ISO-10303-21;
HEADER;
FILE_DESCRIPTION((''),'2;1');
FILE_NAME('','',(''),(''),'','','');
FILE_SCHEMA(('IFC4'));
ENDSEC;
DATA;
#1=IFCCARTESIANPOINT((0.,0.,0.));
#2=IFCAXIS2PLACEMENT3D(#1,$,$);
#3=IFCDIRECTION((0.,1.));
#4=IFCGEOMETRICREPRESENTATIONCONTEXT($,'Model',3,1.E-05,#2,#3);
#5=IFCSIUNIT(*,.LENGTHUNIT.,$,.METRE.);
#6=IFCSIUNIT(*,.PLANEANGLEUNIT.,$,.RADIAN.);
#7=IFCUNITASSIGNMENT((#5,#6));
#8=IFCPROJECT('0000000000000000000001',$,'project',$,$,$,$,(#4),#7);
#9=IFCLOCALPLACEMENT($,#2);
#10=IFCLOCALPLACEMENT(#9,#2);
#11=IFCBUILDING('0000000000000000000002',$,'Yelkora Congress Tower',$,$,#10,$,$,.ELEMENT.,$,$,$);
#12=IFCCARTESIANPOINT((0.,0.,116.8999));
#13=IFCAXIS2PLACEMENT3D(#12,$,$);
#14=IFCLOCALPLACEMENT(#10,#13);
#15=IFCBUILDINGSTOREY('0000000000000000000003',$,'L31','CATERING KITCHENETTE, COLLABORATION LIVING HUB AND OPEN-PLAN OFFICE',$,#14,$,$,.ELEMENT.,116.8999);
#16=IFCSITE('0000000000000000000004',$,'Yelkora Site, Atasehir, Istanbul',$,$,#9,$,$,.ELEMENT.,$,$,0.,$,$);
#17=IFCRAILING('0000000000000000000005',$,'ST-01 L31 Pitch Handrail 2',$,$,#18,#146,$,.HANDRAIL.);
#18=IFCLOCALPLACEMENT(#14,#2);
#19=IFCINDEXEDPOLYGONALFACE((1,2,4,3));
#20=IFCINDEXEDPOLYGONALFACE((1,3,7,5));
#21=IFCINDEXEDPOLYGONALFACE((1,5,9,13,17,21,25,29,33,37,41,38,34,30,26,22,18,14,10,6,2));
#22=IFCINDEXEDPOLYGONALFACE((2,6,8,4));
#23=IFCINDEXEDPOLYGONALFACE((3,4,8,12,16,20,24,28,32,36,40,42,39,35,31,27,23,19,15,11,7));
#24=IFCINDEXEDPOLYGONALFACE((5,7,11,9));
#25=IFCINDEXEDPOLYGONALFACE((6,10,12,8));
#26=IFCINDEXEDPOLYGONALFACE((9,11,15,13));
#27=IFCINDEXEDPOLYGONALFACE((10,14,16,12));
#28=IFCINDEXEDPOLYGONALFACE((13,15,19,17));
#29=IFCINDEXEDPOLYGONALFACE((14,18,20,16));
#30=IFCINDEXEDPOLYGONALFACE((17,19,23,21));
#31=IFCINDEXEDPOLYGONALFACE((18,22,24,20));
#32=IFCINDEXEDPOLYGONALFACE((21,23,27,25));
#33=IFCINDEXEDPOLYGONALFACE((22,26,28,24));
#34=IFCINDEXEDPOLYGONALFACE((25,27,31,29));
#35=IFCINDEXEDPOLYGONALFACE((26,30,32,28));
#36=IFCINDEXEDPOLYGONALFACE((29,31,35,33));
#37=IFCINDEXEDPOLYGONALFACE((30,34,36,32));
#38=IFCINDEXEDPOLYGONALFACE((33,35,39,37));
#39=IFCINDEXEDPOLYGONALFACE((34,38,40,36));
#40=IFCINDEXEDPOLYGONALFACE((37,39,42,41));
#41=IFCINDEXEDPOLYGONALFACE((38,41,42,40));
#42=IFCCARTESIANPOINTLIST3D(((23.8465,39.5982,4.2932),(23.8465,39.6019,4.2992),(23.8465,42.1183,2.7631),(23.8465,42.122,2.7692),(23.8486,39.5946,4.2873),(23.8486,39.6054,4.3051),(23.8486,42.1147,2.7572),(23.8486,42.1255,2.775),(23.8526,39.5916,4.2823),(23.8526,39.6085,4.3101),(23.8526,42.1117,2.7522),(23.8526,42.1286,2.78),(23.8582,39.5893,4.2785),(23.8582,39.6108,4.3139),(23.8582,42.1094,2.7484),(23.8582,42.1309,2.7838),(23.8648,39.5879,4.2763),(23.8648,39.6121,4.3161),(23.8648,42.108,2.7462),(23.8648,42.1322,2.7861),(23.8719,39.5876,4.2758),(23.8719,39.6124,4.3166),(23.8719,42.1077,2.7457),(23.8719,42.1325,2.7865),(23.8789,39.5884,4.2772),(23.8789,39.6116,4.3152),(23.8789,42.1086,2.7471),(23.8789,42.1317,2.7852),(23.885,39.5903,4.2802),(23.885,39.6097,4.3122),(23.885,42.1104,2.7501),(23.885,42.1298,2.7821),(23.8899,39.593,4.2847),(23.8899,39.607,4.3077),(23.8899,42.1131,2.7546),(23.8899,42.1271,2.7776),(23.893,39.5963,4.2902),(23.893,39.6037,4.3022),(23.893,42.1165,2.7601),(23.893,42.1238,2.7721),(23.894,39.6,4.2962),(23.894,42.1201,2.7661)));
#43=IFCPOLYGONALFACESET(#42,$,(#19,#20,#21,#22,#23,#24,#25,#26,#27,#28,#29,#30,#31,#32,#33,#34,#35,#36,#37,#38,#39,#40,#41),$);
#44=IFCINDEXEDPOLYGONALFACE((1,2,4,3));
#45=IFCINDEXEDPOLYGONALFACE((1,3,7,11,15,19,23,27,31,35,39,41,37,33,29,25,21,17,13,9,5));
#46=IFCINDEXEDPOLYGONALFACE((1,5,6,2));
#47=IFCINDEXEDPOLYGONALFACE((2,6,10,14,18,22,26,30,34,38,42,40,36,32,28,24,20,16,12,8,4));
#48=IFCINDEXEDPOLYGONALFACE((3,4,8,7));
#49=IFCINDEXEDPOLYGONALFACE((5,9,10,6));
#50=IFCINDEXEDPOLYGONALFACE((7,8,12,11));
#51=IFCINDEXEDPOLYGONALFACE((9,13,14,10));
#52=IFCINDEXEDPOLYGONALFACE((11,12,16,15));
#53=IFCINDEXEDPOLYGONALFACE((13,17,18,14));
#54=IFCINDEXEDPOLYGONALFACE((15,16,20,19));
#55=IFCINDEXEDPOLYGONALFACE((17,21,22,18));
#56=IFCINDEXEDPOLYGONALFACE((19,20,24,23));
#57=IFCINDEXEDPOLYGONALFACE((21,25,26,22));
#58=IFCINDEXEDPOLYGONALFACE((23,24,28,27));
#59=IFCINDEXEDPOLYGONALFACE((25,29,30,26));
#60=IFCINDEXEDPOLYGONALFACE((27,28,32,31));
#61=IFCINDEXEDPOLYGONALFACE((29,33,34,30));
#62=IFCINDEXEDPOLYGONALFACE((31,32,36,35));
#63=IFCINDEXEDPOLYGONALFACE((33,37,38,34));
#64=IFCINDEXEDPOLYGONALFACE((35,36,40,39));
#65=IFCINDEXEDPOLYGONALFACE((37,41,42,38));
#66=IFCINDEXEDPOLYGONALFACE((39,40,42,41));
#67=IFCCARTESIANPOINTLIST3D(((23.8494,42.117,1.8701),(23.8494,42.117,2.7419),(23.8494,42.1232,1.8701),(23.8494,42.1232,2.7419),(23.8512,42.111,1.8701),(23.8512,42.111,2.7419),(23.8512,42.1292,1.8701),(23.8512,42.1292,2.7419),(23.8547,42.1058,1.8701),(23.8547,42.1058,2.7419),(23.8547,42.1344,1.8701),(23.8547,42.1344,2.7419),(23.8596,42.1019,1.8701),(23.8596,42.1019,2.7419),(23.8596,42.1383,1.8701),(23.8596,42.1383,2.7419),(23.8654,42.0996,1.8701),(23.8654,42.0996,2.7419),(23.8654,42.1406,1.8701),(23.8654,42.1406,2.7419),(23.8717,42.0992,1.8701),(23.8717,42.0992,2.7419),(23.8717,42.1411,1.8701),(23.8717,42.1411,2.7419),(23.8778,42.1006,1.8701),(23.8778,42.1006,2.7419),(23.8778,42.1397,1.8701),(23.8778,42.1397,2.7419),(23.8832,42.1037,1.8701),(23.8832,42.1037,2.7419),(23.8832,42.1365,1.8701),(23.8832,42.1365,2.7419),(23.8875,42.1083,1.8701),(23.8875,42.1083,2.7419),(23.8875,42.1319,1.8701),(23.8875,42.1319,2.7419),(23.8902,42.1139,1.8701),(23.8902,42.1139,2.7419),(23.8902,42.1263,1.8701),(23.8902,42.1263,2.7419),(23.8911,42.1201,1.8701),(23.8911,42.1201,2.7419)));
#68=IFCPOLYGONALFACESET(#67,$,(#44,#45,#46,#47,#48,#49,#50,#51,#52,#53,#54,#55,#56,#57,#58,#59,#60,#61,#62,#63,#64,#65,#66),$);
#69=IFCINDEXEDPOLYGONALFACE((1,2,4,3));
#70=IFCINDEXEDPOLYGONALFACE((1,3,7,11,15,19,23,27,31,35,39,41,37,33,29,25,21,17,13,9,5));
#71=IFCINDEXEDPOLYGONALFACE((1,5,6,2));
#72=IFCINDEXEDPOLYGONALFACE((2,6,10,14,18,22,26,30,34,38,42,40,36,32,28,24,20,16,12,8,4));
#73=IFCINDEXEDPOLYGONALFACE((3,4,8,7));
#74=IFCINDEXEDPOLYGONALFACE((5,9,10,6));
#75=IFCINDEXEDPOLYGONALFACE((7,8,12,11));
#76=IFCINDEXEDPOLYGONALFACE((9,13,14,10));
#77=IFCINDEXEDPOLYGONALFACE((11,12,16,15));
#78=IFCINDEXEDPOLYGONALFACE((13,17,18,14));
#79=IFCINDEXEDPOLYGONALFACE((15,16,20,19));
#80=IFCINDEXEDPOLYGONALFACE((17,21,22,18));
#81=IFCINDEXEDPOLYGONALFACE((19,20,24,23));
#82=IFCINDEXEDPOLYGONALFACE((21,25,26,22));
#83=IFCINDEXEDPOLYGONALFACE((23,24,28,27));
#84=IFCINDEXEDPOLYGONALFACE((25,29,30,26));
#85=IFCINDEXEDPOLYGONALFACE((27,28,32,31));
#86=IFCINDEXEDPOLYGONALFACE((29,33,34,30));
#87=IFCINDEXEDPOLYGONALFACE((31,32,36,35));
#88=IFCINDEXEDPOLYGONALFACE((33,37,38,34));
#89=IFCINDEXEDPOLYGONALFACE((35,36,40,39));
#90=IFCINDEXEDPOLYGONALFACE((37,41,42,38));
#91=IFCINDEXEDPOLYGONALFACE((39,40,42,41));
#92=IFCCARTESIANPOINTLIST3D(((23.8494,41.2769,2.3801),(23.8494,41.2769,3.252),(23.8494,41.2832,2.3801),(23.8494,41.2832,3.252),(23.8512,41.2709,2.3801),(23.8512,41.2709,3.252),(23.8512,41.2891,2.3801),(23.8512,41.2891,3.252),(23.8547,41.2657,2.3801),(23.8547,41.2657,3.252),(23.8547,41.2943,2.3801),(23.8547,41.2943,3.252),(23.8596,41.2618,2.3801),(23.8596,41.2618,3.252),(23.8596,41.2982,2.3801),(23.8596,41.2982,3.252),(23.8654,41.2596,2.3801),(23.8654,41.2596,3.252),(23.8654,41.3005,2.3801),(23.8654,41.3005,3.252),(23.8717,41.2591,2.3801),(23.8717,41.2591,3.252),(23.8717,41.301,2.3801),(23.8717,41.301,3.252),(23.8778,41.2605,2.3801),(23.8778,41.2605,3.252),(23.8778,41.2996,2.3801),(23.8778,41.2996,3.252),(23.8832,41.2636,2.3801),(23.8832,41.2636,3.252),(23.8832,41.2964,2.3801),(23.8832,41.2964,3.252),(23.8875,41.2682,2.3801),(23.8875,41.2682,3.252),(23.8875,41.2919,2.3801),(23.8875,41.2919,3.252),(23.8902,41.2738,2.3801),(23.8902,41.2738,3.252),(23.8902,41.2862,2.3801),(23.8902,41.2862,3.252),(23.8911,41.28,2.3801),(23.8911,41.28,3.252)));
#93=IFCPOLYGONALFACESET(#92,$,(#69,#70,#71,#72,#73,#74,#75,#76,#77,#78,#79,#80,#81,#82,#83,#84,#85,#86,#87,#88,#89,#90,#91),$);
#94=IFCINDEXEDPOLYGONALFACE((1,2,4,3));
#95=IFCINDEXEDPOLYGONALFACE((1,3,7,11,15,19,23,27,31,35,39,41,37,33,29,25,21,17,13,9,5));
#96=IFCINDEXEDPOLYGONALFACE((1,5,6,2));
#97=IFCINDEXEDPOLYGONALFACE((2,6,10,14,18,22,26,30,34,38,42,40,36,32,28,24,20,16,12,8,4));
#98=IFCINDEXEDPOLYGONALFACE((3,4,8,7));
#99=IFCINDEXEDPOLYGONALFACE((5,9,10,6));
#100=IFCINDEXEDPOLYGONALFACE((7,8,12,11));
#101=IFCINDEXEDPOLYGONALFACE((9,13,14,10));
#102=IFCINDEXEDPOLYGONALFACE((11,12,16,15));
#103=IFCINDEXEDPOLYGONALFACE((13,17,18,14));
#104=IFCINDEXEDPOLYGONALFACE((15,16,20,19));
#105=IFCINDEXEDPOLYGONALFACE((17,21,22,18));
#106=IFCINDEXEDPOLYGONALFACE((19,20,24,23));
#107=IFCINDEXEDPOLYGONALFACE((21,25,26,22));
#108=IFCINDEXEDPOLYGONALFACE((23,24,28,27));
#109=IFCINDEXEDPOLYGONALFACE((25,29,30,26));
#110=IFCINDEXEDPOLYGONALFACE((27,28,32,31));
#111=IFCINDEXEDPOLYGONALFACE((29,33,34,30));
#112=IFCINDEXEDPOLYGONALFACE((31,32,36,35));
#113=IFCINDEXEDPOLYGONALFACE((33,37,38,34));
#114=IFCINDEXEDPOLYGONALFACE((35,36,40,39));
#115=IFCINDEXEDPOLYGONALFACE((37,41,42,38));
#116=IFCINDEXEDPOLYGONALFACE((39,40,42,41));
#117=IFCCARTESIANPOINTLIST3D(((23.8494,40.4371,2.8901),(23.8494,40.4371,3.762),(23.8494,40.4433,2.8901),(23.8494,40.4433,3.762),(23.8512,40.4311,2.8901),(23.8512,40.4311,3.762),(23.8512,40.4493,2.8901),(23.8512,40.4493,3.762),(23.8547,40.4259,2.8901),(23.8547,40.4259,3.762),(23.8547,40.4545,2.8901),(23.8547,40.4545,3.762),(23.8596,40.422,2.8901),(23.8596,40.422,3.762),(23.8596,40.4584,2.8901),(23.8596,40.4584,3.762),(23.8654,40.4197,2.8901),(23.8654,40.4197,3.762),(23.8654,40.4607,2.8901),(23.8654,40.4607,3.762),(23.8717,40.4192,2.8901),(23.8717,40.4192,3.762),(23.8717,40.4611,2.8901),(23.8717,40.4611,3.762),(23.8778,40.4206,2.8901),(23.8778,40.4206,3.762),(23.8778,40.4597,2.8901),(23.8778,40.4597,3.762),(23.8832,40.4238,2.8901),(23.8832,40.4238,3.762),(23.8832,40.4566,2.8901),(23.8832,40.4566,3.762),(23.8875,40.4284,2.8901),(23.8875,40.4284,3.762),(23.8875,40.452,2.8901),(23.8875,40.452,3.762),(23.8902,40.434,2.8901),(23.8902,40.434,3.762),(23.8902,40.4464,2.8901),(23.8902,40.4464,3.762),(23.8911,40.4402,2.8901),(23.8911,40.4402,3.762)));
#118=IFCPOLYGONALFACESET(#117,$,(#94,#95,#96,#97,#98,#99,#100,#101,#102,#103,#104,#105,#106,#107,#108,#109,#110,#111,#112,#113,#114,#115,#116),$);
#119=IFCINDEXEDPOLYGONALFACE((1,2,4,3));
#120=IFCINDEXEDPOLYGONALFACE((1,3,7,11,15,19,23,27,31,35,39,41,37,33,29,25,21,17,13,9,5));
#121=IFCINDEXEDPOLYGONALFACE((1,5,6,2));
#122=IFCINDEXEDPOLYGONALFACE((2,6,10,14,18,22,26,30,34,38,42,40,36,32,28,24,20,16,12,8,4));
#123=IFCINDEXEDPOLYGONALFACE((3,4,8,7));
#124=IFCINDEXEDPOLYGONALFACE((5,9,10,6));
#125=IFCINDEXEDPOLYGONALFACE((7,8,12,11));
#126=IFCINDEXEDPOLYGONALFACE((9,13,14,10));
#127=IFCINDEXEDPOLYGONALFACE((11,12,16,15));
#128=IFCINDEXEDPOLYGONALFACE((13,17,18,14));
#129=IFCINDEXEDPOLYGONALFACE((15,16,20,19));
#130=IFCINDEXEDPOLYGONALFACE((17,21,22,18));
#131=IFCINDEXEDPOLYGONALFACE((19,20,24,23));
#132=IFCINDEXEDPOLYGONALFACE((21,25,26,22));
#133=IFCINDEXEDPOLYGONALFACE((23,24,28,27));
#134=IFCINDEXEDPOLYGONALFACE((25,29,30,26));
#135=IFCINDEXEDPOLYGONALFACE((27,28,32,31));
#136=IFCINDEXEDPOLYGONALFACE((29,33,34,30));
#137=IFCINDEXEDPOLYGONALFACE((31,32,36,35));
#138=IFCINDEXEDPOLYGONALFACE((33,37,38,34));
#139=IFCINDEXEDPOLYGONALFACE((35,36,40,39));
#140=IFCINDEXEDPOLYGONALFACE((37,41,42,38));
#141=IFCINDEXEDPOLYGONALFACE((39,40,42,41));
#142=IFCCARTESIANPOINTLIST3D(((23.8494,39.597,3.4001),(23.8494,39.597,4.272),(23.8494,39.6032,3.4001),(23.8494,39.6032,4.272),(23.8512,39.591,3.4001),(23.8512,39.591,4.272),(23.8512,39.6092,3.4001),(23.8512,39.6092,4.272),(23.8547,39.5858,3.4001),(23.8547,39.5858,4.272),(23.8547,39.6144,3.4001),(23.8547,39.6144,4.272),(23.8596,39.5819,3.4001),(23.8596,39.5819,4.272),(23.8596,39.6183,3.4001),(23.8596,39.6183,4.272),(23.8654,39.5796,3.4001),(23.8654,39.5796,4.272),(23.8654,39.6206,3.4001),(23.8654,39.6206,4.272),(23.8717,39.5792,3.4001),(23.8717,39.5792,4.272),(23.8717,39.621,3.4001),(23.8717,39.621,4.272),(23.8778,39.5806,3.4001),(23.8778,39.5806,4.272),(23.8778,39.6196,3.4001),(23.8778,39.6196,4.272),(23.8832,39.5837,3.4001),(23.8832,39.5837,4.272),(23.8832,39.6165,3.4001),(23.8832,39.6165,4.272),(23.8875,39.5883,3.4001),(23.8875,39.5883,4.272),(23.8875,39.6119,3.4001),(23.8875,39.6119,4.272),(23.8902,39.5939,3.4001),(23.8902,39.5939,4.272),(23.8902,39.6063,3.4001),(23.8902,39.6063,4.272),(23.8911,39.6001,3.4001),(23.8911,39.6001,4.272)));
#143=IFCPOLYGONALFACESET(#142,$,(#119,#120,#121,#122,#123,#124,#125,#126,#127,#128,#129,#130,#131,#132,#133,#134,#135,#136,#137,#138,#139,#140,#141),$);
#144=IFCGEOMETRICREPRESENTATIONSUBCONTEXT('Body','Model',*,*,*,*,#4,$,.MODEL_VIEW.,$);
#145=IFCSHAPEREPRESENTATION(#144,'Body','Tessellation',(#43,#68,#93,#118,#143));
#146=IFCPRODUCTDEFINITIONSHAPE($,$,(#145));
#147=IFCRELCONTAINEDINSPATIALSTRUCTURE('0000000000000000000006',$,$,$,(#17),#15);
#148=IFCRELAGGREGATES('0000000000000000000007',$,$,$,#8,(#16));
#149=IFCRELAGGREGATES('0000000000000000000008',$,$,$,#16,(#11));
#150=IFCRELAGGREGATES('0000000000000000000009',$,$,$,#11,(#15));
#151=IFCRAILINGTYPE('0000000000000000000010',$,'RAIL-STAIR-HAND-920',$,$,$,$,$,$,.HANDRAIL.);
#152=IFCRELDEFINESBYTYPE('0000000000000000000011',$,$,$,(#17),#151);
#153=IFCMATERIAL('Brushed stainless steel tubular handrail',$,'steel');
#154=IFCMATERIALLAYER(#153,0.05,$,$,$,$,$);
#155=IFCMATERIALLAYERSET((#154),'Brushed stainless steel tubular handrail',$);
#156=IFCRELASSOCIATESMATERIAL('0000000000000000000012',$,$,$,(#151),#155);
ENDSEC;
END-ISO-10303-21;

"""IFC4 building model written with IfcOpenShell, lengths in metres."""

from ifc_helpers import new_model, si_unit, direction, frame, origin, origin_2d, place, context, subcontext, project, spatial, circle, extrude, material, layer, layer_set, type_object, element, save


model = new_model("IFC4")

# Units and contexts
model_context = context("Model", 3, precision=1e-05, world=origin(), true_north=direction((0.0, 1.0)))
body_context = subcontext(model_context, "Body", "Model", "MODEL_VIEW")
ifc_project = project(units=[si_unit("LENGTHUNIT", "METRE"), si_unit("PLANEANGLEUNIT", "RADIAN")], contexts=[model_context])

# Site, building, storey
site_placement = place(None, origin())
site = spatial("IfcSite", under=ifc_project, at=site_placement, Name="Yelkora Site, Atasehir, Istanbul", CompositionType="ELEMENT", RefElevation=0.0)
building_placement = place(site_placement, origin())
building = spatial("IfcBuilding", under=site, at=building_placement, Name="Yelkora Congress Tower", CompositionType="ELEMENT")
storey_placement = place(building_placement, frame((0.0, 0.0, 116.8999)))
storey = spatial("IfcBuildingStorey", under=building, at=storey_placement, Name="L31", Description="CATERING KITCHENETTE, COLLABORATION LIVING HUB AND OPEN-PLAN OFFICE", CompositionType="ELEMENT", Elevation=116.8999)

# Railing
ifc_material_1 = material(Name="Brushed stainless steel tubular handrail", Category="steel")
ifc_layer_1 = layer(ifc_material_1, 0.05)
ifc_layer_set_1 = layer_set([ifc_layer_1], Name="Brushed stainless steel tubular handrail")
railing_type_1 = type_object("IfcRailingType", Name="RAIL-STAIR-HAND-920", PredefinedType="HANDRAIL", material=ifc_layer_set_1)
railing_1_placement = place(storey_placement, frame((23.8701, 42.1201, 1.8701)))
element("IfcRailing", 1, at=railing_1_placement, inside=storey, type_object=railing_type_1, Name="ST-01 L31 Pitch Handrail 2", PredefinedType="HANDRAIL", context=body_context, shape_type="SweptSolid", body=[
    extrude(circle(Radius=0.0239, at=origin_2d()), frame((0.0, 0.0, 0.896), z_axis=(0.0, -0.854785, 0.518982), x_axis=(1.0, 0.0, 0.0)), (0.0, 0.0, 1.0), 2.9482),
    extrude(circle(Radius=0.021, at=origin_2d()), origin(), (0.0, 0.0, 1.0), 0.8718),
    extrude(circle(Radius=0.021, at=origin_2d()), frame((0.0, -0.8401, 0.51)), (0.0, 0.0, 1.0), 0.8718),
    extrude(circle(Radius=0.021, at=origin_2d()), frame((0.0, -1.6799, 1.02)), (0.0, 0.0, 1.0), 0.8718),
    extrude(circle(Radius=0.021, at=origin_2d()), frame((0.0, -2.52, 1.53)), (0.0, 0.0, 1.0), 0.8718),
])

save(model, "model.ifc")
